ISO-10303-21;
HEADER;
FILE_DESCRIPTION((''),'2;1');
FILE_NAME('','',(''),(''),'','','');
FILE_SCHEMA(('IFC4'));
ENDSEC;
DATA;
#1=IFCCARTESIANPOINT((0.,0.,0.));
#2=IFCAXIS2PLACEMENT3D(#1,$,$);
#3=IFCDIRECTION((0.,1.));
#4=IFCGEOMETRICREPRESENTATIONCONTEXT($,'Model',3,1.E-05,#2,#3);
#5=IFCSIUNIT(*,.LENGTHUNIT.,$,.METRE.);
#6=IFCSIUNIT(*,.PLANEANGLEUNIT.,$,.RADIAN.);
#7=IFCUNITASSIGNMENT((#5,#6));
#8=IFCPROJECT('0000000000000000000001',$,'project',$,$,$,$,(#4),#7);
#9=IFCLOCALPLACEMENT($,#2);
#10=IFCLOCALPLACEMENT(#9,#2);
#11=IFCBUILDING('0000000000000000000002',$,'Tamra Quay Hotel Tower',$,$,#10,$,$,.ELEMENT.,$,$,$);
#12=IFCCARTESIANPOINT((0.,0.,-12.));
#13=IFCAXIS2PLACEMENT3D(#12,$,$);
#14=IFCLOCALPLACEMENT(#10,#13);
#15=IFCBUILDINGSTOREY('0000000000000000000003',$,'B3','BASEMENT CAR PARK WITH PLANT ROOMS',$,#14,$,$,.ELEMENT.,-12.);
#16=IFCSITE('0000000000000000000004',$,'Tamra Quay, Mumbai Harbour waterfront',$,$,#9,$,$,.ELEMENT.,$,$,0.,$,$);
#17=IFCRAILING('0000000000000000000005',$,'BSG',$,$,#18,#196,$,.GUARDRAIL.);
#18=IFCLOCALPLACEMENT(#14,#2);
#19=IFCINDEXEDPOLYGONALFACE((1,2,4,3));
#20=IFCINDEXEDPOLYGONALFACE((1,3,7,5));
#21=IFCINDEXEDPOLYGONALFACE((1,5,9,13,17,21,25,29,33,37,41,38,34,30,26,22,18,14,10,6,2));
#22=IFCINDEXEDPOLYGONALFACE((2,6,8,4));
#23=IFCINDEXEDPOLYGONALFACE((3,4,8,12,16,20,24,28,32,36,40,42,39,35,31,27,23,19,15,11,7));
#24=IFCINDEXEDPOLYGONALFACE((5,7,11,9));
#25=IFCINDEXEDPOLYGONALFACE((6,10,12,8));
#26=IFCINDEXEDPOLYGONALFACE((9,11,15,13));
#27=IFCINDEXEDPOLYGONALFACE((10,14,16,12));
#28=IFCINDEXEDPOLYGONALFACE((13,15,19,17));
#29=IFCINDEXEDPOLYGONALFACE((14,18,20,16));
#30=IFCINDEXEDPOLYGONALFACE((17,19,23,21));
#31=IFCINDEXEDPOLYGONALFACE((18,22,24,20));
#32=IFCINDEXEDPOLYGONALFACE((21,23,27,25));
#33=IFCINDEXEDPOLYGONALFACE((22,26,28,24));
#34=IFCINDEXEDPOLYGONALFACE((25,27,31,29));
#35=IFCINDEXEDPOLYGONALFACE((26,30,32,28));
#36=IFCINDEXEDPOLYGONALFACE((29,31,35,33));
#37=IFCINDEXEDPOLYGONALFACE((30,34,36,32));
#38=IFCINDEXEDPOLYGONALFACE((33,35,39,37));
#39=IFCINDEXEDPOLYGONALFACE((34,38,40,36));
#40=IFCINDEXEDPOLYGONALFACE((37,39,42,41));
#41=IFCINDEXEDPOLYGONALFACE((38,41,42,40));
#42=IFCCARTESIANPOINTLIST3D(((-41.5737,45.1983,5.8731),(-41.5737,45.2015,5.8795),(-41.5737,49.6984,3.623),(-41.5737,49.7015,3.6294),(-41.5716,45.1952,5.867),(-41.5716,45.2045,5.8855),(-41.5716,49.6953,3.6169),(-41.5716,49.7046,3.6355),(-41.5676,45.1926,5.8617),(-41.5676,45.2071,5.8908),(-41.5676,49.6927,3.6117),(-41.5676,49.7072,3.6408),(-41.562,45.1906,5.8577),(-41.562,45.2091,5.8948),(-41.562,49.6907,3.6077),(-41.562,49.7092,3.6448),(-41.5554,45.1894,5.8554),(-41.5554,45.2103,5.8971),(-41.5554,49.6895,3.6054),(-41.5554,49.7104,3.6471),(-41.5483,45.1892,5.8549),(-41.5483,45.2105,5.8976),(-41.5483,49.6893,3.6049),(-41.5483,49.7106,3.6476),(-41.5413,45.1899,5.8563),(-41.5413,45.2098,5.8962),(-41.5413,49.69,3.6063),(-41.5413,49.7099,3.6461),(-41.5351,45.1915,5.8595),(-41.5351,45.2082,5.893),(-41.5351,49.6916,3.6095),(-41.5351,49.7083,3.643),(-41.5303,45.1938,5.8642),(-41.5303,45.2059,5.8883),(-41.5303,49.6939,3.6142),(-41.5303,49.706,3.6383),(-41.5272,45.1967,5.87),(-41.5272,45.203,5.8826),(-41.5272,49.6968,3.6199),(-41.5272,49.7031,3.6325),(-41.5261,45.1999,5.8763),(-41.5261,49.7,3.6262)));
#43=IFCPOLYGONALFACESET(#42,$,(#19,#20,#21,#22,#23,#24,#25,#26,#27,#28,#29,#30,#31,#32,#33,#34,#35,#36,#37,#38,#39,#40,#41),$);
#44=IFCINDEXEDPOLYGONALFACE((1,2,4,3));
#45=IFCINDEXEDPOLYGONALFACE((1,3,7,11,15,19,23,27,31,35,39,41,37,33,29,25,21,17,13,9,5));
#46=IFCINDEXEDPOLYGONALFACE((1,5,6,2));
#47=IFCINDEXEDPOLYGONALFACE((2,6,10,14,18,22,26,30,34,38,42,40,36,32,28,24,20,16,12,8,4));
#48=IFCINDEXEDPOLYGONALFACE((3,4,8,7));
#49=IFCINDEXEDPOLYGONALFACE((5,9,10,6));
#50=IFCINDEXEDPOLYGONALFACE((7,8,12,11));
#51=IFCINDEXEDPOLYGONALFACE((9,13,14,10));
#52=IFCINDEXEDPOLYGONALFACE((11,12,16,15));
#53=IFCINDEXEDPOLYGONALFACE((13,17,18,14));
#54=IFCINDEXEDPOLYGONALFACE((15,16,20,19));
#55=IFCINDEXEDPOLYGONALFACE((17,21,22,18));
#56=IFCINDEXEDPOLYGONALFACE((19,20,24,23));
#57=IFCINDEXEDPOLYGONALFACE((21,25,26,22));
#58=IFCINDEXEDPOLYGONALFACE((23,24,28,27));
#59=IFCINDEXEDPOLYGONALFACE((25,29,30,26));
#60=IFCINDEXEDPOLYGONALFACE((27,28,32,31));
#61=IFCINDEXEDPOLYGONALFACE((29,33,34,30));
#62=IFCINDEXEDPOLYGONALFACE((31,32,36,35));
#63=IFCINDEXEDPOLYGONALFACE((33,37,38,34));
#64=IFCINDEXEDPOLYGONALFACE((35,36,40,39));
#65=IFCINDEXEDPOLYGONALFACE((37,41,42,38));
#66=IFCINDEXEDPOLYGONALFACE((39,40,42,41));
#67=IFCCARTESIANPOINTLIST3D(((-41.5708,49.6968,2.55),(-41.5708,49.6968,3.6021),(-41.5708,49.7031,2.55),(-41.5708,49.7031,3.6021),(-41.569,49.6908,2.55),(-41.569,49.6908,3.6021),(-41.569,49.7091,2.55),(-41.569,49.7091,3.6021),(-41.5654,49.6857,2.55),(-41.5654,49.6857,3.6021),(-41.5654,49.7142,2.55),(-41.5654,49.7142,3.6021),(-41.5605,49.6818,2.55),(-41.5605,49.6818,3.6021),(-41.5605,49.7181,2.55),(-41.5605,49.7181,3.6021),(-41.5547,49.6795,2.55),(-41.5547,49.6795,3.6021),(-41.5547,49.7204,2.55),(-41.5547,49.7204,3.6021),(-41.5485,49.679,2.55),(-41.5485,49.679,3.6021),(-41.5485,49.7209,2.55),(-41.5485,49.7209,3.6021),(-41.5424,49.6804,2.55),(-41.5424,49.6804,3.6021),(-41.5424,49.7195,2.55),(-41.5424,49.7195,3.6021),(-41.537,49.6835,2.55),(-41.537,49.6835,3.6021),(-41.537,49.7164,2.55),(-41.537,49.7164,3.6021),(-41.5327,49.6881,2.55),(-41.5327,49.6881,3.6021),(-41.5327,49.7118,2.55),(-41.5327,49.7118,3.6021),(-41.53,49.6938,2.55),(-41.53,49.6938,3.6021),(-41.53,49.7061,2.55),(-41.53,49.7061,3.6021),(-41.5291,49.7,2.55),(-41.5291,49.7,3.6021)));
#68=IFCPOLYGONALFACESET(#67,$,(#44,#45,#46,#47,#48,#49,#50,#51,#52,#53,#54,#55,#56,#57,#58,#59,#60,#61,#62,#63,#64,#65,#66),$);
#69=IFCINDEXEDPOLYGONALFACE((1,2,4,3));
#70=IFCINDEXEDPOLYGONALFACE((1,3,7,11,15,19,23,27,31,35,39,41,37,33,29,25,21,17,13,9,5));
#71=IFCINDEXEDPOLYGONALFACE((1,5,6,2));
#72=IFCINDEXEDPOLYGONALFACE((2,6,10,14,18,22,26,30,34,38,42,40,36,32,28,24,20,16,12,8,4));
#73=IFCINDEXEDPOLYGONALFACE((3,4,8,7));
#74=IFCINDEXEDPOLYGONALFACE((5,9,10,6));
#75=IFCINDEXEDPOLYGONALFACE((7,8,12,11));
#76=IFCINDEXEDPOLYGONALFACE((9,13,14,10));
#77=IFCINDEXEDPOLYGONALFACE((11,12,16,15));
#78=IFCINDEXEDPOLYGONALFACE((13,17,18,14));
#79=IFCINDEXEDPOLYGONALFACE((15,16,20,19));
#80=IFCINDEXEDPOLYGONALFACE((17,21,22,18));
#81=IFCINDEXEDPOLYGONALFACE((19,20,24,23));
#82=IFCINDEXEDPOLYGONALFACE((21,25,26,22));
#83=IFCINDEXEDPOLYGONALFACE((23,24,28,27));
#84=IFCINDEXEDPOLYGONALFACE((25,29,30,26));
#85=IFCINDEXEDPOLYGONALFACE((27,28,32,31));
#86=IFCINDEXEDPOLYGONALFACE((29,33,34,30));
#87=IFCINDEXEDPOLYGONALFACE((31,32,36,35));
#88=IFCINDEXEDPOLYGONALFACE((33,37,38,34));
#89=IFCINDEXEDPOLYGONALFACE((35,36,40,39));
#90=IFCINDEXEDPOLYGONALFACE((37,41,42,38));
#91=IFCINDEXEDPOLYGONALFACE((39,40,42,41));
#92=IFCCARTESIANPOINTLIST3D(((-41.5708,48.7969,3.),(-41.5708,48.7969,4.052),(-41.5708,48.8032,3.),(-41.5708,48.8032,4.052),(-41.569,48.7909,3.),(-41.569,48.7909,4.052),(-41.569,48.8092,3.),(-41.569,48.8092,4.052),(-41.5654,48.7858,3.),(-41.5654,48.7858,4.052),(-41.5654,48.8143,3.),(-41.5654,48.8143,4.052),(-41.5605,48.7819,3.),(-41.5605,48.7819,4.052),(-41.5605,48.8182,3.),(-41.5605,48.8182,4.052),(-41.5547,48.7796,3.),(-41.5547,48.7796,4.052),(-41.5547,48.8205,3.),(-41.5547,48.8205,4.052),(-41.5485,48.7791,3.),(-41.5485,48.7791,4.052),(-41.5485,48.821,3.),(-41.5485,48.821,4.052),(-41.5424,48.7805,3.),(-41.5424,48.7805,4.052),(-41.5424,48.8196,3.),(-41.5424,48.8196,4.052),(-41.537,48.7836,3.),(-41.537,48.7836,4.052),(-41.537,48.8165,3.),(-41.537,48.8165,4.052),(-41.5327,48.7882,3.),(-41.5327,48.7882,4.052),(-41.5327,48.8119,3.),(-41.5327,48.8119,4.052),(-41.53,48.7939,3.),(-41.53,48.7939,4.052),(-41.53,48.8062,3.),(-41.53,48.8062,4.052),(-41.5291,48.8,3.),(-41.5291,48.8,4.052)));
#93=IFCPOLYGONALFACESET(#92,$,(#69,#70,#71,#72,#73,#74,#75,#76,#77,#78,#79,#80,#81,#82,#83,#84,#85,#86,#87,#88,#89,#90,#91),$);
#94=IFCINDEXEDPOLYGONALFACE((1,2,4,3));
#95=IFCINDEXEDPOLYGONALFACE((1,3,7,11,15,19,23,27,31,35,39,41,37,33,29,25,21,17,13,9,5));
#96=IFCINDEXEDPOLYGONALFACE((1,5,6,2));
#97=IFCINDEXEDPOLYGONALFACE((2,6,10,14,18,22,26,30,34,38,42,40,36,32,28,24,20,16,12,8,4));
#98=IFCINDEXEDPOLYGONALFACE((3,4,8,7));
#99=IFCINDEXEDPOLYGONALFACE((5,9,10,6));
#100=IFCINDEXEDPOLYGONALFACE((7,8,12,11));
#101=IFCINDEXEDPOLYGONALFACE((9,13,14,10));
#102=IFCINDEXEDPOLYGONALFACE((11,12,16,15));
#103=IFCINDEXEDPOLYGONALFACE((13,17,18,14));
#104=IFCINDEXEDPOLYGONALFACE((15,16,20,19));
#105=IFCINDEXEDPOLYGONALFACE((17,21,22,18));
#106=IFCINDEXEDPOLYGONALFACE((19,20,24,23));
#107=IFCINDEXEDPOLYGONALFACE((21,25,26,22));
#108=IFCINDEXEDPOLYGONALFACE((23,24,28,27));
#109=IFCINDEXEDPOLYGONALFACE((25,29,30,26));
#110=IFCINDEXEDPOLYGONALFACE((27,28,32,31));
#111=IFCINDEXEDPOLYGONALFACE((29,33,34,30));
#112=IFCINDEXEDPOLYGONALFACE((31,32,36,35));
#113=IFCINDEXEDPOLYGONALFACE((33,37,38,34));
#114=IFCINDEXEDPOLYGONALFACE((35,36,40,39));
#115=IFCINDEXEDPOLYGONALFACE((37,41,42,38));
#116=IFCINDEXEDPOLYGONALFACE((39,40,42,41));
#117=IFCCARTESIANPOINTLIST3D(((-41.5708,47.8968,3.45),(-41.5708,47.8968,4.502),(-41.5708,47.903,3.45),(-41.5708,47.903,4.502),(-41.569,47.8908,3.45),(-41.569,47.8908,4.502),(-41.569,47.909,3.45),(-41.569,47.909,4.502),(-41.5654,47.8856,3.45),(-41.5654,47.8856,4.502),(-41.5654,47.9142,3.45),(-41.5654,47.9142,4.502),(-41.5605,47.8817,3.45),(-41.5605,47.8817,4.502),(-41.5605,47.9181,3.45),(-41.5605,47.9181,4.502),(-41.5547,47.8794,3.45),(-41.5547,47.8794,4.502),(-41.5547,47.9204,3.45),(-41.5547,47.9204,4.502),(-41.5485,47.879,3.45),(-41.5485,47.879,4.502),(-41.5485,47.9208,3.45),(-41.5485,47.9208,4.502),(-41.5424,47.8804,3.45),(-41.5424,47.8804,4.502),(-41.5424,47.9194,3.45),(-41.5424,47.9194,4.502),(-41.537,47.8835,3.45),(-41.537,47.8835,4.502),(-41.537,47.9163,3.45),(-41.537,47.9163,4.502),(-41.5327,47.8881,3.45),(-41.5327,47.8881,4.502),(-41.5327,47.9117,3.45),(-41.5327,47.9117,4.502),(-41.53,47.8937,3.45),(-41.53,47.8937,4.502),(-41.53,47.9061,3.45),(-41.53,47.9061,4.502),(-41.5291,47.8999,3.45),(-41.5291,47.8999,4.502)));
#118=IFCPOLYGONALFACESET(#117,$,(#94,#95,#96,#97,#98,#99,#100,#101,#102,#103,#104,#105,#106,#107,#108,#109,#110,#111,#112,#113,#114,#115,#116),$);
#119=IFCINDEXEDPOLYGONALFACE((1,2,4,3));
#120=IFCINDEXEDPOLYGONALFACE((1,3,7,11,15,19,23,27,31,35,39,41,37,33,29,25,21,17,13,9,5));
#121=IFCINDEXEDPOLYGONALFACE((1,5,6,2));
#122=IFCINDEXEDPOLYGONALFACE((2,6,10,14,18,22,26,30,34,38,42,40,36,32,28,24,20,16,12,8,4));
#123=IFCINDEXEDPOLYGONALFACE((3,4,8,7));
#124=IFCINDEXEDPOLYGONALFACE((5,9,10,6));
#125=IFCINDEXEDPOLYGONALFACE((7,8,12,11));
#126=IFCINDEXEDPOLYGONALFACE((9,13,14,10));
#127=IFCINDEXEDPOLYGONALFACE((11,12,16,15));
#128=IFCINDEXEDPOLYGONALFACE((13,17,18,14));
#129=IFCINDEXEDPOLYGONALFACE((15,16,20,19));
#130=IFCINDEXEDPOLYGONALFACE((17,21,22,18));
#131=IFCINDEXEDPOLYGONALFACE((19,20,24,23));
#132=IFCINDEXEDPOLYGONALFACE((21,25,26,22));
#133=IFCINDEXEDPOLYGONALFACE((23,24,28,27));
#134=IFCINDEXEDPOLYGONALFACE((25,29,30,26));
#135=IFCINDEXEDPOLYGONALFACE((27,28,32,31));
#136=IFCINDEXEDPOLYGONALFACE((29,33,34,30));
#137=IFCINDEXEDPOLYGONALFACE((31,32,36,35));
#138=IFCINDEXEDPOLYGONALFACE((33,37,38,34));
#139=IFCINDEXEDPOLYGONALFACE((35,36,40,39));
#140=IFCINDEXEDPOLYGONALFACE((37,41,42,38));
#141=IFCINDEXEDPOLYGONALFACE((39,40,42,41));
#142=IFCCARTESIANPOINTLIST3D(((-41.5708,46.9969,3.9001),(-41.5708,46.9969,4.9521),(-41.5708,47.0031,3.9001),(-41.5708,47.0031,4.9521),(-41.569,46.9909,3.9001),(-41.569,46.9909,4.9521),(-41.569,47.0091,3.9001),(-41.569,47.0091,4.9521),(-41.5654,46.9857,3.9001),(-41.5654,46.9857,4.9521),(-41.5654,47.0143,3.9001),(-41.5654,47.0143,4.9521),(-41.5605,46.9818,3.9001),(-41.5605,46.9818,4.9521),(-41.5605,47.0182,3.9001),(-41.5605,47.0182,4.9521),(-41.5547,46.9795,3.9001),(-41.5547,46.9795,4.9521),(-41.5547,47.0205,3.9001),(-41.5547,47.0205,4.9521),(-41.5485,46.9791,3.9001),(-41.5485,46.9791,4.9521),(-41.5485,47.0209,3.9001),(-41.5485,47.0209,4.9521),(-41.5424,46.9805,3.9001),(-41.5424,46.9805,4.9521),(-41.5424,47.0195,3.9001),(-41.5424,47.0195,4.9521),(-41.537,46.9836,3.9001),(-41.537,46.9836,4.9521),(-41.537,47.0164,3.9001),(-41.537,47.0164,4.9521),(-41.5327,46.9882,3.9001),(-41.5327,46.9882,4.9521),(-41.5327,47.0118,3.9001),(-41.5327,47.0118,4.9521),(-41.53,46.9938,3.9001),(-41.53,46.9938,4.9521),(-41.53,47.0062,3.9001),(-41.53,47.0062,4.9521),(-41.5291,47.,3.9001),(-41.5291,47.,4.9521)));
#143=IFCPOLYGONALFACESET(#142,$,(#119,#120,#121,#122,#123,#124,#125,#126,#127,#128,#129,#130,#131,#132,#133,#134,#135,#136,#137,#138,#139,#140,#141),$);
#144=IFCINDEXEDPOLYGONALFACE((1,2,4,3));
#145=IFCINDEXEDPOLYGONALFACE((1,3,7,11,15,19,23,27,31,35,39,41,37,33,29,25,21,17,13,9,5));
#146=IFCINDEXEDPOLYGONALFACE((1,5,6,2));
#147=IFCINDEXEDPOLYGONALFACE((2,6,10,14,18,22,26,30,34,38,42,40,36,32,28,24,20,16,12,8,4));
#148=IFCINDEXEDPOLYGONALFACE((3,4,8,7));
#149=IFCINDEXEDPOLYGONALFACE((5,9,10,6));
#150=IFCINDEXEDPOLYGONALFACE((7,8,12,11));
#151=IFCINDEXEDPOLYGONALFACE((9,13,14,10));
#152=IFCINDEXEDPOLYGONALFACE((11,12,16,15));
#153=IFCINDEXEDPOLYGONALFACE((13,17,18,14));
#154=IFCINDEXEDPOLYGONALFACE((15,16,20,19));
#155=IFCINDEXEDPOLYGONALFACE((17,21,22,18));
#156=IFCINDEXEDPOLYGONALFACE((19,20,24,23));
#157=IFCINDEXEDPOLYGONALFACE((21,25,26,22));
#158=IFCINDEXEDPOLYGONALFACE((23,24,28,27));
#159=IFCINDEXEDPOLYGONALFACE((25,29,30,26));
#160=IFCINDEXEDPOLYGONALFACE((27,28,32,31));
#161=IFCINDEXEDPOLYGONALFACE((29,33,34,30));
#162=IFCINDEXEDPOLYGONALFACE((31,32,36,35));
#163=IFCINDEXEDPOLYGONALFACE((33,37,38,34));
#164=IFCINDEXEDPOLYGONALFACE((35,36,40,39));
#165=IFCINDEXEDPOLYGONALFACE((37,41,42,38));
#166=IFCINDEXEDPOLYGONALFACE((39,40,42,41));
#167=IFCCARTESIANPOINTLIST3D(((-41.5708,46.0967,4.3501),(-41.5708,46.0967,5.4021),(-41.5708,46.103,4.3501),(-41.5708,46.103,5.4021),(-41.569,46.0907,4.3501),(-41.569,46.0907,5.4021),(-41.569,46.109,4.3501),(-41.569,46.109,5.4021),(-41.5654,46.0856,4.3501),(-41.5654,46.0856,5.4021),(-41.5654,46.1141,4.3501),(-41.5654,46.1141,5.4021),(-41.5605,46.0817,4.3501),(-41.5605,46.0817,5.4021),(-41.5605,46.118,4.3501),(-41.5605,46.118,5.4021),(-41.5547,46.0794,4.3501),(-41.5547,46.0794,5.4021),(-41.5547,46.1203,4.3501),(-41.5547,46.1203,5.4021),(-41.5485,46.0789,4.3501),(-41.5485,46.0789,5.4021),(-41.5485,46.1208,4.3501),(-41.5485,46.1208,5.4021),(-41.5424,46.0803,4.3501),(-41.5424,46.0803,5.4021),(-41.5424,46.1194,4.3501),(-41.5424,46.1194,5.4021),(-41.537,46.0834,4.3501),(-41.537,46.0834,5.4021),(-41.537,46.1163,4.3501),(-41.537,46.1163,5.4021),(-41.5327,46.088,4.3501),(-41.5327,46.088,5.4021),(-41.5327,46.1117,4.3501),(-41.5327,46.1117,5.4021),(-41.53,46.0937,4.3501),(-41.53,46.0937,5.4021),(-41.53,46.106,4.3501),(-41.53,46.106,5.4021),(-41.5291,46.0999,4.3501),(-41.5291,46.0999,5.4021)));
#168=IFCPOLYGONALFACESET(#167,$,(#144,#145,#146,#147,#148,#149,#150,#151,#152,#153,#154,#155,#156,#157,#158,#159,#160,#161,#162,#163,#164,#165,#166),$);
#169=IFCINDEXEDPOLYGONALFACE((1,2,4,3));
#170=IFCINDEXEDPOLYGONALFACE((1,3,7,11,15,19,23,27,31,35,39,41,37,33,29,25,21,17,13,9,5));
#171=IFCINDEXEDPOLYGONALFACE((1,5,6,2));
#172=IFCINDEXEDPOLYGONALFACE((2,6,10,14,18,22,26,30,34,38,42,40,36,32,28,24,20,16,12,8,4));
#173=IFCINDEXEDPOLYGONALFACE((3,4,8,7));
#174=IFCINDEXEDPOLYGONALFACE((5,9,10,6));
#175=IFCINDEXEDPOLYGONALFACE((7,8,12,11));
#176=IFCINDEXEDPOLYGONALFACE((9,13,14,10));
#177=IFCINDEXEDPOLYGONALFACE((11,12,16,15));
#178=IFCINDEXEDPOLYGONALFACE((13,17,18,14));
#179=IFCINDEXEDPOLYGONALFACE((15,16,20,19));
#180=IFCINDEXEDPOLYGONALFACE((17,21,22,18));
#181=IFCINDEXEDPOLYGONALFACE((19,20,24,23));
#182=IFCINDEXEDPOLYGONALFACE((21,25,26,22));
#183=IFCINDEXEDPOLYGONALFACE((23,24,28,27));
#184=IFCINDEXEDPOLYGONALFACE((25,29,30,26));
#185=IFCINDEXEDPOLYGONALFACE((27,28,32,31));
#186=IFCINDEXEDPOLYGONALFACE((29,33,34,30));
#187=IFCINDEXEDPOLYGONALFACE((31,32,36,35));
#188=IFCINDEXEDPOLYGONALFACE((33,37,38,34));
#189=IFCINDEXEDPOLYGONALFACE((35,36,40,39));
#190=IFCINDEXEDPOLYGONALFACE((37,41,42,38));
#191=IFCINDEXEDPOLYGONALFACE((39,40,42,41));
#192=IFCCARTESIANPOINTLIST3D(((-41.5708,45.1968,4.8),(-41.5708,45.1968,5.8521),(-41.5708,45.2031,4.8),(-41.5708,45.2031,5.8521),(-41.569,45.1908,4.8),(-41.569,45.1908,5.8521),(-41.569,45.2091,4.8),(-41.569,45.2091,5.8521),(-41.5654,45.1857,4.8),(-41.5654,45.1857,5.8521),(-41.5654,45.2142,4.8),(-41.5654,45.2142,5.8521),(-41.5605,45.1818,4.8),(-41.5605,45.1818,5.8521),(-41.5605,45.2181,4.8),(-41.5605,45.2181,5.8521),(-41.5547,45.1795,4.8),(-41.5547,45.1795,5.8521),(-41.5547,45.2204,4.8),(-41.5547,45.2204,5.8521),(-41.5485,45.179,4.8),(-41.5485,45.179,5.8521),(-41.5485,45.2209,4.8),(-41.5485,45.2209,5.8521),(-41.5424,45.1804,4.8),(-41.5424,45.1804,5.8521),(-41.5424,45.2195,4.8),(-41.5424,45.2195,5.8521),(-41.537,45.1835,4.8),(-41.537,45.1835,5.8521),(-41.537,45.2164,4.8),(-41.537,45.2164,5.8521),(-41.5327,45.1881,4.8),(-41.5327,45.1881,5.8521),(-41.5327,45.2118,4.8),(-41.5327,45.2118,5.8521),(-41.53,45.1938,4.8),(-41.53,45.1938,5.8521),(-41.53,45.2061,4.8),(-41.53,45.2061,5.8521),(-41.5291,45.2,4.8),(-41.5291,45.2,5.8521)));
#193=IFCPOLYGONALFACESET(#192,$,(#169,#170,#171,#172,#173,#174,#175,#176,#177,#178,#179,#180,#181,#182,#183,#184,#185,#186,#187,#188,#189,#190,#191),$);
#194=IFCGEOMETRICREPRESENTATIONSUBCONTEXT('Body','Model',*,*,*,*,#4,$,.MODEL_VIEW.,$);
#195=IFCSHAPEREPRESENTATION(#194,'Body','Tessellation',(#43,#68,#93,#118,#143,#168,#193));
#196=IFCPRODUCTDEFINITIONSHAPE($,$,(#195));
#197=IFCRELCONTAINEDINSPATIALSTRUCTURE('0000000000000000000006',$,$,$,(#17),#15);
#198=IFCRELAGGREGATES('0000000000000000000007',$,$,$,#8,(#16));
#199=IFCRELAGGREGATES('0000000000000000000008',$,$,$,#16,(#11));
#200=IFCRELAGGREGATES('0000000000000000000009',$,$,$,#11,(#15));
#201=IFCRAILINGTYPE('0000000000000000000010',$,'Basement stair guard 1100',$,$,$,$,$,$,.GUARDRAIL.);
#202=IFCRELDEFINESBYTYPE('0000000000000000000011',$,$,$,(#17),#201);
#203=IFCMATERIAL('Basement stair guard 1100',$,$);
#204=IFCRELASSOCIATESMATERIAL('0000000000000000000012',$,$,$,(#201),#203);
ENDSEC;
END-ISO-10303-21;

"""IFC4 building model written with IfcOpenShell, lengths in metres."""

from ifc_helpers import new_model, si_unit, direction, frame, origin, origin_2d, place, context, subcontext, project, spatial, circle, extrude, material, type_object, element, save


model = new_model("IFC4")

# Units and contexts
model_context = context("Model", 3, precision=1e-05, world=origin(), true_north=direction((0.0, 1.0)))
body_context = subcontext(model_context, "Body", "Model", "MODEL_VIEW")
ifc_project = project(units=[si_unit("LENGTHUNIT", "METRE"), si_unit("PLANEANGLEUNIT", "RADIAN")], contexts=[model_context])

# Site, building, storey
site_placement = place(None, origin())
site = spatial("IfcSite", under=ifc_project, at=site_placement, Name="Tamra Quay, Mumbai Harbour waterfront", CompositionType="ELEMENT", RefElevation=0.0)
building_placement = place(site_placement, origin())
building = spatial("IfcBuilding", under=site, at=building_placement, Name="Tamra Quay Hotel Tower", CompositionType="ELEMENT")
storey_placement = place(building_placement, frame((0.0, 0.0, -12.0)))
storey = spatial("IfcBuildingStorey", under=building, at=storey_placement, Name="B3", Description="BASEMENT CAR PARK WITH PLANT ROOMS", CompositionType="ELEMENT", Elevation=-12.0)

# Railing
ifc_material_1 = material(Name="Basement stair guard 1100")
railing_type_1 = type_object("IfcRailingType", Name="Basement stair guard 1100", PredefinedType="GUARDRAIL", material=ifc_material_1)
railing_1_placement = place(storey_placement, frame((-41.55, 49.7, 2.55)))
element("IfcRailing", 1, at=railing_1_placement, inside=storey, type_object=railing_type_1, Name="BSG", PredefinedType="GUARDRAIL", context=body_context, shape_type="SweptSolid", body=[
    extrude(circle(Radius=0.0239, at=origin_2d()), frame((0.0, 0.0, 1.0762), z_axis=(0.0, -0.894427, 0.447214), x_axis=(1.0, 0.0, 0.0)), (0.0, 0.0, 1.0), 5.0312),
    extrude(circle(Radius=0.021, at=origin_2d()), origin(), (0.0, 0.0, 1.0), 1.052),
    extrude(circle(Radius=0.021, at=origin_2d()), frame((0.0, -0.8999, 0.45)), (0.0, 0.0, 1.0), 1.052),
    extrude(circle(Radius=0.021, at=origin_2d()), frame((0.0, -1.8, 0.8999)), (0.0, 0.0, 1.0), 1.052),
    extrude(circle(Radius=0.021, at=origin_2d()), frame((0.0, -2.7, 1.3501)), (0.0, 0.0, 1.0), 1.052),
    extrude(circle(Radius=0.021, at=origin_2d()), frame((0.0, -3.6001, 1.8)), (0.0, 0.0, 1.0), 1.052),
    extrude(circle(Radius=0.021, at=origin_2d()), frame((0.0, -4.5, 2.25)), (0.0, 0.0, 1.0), 1.052),
])

save(model, "model.ifc")
